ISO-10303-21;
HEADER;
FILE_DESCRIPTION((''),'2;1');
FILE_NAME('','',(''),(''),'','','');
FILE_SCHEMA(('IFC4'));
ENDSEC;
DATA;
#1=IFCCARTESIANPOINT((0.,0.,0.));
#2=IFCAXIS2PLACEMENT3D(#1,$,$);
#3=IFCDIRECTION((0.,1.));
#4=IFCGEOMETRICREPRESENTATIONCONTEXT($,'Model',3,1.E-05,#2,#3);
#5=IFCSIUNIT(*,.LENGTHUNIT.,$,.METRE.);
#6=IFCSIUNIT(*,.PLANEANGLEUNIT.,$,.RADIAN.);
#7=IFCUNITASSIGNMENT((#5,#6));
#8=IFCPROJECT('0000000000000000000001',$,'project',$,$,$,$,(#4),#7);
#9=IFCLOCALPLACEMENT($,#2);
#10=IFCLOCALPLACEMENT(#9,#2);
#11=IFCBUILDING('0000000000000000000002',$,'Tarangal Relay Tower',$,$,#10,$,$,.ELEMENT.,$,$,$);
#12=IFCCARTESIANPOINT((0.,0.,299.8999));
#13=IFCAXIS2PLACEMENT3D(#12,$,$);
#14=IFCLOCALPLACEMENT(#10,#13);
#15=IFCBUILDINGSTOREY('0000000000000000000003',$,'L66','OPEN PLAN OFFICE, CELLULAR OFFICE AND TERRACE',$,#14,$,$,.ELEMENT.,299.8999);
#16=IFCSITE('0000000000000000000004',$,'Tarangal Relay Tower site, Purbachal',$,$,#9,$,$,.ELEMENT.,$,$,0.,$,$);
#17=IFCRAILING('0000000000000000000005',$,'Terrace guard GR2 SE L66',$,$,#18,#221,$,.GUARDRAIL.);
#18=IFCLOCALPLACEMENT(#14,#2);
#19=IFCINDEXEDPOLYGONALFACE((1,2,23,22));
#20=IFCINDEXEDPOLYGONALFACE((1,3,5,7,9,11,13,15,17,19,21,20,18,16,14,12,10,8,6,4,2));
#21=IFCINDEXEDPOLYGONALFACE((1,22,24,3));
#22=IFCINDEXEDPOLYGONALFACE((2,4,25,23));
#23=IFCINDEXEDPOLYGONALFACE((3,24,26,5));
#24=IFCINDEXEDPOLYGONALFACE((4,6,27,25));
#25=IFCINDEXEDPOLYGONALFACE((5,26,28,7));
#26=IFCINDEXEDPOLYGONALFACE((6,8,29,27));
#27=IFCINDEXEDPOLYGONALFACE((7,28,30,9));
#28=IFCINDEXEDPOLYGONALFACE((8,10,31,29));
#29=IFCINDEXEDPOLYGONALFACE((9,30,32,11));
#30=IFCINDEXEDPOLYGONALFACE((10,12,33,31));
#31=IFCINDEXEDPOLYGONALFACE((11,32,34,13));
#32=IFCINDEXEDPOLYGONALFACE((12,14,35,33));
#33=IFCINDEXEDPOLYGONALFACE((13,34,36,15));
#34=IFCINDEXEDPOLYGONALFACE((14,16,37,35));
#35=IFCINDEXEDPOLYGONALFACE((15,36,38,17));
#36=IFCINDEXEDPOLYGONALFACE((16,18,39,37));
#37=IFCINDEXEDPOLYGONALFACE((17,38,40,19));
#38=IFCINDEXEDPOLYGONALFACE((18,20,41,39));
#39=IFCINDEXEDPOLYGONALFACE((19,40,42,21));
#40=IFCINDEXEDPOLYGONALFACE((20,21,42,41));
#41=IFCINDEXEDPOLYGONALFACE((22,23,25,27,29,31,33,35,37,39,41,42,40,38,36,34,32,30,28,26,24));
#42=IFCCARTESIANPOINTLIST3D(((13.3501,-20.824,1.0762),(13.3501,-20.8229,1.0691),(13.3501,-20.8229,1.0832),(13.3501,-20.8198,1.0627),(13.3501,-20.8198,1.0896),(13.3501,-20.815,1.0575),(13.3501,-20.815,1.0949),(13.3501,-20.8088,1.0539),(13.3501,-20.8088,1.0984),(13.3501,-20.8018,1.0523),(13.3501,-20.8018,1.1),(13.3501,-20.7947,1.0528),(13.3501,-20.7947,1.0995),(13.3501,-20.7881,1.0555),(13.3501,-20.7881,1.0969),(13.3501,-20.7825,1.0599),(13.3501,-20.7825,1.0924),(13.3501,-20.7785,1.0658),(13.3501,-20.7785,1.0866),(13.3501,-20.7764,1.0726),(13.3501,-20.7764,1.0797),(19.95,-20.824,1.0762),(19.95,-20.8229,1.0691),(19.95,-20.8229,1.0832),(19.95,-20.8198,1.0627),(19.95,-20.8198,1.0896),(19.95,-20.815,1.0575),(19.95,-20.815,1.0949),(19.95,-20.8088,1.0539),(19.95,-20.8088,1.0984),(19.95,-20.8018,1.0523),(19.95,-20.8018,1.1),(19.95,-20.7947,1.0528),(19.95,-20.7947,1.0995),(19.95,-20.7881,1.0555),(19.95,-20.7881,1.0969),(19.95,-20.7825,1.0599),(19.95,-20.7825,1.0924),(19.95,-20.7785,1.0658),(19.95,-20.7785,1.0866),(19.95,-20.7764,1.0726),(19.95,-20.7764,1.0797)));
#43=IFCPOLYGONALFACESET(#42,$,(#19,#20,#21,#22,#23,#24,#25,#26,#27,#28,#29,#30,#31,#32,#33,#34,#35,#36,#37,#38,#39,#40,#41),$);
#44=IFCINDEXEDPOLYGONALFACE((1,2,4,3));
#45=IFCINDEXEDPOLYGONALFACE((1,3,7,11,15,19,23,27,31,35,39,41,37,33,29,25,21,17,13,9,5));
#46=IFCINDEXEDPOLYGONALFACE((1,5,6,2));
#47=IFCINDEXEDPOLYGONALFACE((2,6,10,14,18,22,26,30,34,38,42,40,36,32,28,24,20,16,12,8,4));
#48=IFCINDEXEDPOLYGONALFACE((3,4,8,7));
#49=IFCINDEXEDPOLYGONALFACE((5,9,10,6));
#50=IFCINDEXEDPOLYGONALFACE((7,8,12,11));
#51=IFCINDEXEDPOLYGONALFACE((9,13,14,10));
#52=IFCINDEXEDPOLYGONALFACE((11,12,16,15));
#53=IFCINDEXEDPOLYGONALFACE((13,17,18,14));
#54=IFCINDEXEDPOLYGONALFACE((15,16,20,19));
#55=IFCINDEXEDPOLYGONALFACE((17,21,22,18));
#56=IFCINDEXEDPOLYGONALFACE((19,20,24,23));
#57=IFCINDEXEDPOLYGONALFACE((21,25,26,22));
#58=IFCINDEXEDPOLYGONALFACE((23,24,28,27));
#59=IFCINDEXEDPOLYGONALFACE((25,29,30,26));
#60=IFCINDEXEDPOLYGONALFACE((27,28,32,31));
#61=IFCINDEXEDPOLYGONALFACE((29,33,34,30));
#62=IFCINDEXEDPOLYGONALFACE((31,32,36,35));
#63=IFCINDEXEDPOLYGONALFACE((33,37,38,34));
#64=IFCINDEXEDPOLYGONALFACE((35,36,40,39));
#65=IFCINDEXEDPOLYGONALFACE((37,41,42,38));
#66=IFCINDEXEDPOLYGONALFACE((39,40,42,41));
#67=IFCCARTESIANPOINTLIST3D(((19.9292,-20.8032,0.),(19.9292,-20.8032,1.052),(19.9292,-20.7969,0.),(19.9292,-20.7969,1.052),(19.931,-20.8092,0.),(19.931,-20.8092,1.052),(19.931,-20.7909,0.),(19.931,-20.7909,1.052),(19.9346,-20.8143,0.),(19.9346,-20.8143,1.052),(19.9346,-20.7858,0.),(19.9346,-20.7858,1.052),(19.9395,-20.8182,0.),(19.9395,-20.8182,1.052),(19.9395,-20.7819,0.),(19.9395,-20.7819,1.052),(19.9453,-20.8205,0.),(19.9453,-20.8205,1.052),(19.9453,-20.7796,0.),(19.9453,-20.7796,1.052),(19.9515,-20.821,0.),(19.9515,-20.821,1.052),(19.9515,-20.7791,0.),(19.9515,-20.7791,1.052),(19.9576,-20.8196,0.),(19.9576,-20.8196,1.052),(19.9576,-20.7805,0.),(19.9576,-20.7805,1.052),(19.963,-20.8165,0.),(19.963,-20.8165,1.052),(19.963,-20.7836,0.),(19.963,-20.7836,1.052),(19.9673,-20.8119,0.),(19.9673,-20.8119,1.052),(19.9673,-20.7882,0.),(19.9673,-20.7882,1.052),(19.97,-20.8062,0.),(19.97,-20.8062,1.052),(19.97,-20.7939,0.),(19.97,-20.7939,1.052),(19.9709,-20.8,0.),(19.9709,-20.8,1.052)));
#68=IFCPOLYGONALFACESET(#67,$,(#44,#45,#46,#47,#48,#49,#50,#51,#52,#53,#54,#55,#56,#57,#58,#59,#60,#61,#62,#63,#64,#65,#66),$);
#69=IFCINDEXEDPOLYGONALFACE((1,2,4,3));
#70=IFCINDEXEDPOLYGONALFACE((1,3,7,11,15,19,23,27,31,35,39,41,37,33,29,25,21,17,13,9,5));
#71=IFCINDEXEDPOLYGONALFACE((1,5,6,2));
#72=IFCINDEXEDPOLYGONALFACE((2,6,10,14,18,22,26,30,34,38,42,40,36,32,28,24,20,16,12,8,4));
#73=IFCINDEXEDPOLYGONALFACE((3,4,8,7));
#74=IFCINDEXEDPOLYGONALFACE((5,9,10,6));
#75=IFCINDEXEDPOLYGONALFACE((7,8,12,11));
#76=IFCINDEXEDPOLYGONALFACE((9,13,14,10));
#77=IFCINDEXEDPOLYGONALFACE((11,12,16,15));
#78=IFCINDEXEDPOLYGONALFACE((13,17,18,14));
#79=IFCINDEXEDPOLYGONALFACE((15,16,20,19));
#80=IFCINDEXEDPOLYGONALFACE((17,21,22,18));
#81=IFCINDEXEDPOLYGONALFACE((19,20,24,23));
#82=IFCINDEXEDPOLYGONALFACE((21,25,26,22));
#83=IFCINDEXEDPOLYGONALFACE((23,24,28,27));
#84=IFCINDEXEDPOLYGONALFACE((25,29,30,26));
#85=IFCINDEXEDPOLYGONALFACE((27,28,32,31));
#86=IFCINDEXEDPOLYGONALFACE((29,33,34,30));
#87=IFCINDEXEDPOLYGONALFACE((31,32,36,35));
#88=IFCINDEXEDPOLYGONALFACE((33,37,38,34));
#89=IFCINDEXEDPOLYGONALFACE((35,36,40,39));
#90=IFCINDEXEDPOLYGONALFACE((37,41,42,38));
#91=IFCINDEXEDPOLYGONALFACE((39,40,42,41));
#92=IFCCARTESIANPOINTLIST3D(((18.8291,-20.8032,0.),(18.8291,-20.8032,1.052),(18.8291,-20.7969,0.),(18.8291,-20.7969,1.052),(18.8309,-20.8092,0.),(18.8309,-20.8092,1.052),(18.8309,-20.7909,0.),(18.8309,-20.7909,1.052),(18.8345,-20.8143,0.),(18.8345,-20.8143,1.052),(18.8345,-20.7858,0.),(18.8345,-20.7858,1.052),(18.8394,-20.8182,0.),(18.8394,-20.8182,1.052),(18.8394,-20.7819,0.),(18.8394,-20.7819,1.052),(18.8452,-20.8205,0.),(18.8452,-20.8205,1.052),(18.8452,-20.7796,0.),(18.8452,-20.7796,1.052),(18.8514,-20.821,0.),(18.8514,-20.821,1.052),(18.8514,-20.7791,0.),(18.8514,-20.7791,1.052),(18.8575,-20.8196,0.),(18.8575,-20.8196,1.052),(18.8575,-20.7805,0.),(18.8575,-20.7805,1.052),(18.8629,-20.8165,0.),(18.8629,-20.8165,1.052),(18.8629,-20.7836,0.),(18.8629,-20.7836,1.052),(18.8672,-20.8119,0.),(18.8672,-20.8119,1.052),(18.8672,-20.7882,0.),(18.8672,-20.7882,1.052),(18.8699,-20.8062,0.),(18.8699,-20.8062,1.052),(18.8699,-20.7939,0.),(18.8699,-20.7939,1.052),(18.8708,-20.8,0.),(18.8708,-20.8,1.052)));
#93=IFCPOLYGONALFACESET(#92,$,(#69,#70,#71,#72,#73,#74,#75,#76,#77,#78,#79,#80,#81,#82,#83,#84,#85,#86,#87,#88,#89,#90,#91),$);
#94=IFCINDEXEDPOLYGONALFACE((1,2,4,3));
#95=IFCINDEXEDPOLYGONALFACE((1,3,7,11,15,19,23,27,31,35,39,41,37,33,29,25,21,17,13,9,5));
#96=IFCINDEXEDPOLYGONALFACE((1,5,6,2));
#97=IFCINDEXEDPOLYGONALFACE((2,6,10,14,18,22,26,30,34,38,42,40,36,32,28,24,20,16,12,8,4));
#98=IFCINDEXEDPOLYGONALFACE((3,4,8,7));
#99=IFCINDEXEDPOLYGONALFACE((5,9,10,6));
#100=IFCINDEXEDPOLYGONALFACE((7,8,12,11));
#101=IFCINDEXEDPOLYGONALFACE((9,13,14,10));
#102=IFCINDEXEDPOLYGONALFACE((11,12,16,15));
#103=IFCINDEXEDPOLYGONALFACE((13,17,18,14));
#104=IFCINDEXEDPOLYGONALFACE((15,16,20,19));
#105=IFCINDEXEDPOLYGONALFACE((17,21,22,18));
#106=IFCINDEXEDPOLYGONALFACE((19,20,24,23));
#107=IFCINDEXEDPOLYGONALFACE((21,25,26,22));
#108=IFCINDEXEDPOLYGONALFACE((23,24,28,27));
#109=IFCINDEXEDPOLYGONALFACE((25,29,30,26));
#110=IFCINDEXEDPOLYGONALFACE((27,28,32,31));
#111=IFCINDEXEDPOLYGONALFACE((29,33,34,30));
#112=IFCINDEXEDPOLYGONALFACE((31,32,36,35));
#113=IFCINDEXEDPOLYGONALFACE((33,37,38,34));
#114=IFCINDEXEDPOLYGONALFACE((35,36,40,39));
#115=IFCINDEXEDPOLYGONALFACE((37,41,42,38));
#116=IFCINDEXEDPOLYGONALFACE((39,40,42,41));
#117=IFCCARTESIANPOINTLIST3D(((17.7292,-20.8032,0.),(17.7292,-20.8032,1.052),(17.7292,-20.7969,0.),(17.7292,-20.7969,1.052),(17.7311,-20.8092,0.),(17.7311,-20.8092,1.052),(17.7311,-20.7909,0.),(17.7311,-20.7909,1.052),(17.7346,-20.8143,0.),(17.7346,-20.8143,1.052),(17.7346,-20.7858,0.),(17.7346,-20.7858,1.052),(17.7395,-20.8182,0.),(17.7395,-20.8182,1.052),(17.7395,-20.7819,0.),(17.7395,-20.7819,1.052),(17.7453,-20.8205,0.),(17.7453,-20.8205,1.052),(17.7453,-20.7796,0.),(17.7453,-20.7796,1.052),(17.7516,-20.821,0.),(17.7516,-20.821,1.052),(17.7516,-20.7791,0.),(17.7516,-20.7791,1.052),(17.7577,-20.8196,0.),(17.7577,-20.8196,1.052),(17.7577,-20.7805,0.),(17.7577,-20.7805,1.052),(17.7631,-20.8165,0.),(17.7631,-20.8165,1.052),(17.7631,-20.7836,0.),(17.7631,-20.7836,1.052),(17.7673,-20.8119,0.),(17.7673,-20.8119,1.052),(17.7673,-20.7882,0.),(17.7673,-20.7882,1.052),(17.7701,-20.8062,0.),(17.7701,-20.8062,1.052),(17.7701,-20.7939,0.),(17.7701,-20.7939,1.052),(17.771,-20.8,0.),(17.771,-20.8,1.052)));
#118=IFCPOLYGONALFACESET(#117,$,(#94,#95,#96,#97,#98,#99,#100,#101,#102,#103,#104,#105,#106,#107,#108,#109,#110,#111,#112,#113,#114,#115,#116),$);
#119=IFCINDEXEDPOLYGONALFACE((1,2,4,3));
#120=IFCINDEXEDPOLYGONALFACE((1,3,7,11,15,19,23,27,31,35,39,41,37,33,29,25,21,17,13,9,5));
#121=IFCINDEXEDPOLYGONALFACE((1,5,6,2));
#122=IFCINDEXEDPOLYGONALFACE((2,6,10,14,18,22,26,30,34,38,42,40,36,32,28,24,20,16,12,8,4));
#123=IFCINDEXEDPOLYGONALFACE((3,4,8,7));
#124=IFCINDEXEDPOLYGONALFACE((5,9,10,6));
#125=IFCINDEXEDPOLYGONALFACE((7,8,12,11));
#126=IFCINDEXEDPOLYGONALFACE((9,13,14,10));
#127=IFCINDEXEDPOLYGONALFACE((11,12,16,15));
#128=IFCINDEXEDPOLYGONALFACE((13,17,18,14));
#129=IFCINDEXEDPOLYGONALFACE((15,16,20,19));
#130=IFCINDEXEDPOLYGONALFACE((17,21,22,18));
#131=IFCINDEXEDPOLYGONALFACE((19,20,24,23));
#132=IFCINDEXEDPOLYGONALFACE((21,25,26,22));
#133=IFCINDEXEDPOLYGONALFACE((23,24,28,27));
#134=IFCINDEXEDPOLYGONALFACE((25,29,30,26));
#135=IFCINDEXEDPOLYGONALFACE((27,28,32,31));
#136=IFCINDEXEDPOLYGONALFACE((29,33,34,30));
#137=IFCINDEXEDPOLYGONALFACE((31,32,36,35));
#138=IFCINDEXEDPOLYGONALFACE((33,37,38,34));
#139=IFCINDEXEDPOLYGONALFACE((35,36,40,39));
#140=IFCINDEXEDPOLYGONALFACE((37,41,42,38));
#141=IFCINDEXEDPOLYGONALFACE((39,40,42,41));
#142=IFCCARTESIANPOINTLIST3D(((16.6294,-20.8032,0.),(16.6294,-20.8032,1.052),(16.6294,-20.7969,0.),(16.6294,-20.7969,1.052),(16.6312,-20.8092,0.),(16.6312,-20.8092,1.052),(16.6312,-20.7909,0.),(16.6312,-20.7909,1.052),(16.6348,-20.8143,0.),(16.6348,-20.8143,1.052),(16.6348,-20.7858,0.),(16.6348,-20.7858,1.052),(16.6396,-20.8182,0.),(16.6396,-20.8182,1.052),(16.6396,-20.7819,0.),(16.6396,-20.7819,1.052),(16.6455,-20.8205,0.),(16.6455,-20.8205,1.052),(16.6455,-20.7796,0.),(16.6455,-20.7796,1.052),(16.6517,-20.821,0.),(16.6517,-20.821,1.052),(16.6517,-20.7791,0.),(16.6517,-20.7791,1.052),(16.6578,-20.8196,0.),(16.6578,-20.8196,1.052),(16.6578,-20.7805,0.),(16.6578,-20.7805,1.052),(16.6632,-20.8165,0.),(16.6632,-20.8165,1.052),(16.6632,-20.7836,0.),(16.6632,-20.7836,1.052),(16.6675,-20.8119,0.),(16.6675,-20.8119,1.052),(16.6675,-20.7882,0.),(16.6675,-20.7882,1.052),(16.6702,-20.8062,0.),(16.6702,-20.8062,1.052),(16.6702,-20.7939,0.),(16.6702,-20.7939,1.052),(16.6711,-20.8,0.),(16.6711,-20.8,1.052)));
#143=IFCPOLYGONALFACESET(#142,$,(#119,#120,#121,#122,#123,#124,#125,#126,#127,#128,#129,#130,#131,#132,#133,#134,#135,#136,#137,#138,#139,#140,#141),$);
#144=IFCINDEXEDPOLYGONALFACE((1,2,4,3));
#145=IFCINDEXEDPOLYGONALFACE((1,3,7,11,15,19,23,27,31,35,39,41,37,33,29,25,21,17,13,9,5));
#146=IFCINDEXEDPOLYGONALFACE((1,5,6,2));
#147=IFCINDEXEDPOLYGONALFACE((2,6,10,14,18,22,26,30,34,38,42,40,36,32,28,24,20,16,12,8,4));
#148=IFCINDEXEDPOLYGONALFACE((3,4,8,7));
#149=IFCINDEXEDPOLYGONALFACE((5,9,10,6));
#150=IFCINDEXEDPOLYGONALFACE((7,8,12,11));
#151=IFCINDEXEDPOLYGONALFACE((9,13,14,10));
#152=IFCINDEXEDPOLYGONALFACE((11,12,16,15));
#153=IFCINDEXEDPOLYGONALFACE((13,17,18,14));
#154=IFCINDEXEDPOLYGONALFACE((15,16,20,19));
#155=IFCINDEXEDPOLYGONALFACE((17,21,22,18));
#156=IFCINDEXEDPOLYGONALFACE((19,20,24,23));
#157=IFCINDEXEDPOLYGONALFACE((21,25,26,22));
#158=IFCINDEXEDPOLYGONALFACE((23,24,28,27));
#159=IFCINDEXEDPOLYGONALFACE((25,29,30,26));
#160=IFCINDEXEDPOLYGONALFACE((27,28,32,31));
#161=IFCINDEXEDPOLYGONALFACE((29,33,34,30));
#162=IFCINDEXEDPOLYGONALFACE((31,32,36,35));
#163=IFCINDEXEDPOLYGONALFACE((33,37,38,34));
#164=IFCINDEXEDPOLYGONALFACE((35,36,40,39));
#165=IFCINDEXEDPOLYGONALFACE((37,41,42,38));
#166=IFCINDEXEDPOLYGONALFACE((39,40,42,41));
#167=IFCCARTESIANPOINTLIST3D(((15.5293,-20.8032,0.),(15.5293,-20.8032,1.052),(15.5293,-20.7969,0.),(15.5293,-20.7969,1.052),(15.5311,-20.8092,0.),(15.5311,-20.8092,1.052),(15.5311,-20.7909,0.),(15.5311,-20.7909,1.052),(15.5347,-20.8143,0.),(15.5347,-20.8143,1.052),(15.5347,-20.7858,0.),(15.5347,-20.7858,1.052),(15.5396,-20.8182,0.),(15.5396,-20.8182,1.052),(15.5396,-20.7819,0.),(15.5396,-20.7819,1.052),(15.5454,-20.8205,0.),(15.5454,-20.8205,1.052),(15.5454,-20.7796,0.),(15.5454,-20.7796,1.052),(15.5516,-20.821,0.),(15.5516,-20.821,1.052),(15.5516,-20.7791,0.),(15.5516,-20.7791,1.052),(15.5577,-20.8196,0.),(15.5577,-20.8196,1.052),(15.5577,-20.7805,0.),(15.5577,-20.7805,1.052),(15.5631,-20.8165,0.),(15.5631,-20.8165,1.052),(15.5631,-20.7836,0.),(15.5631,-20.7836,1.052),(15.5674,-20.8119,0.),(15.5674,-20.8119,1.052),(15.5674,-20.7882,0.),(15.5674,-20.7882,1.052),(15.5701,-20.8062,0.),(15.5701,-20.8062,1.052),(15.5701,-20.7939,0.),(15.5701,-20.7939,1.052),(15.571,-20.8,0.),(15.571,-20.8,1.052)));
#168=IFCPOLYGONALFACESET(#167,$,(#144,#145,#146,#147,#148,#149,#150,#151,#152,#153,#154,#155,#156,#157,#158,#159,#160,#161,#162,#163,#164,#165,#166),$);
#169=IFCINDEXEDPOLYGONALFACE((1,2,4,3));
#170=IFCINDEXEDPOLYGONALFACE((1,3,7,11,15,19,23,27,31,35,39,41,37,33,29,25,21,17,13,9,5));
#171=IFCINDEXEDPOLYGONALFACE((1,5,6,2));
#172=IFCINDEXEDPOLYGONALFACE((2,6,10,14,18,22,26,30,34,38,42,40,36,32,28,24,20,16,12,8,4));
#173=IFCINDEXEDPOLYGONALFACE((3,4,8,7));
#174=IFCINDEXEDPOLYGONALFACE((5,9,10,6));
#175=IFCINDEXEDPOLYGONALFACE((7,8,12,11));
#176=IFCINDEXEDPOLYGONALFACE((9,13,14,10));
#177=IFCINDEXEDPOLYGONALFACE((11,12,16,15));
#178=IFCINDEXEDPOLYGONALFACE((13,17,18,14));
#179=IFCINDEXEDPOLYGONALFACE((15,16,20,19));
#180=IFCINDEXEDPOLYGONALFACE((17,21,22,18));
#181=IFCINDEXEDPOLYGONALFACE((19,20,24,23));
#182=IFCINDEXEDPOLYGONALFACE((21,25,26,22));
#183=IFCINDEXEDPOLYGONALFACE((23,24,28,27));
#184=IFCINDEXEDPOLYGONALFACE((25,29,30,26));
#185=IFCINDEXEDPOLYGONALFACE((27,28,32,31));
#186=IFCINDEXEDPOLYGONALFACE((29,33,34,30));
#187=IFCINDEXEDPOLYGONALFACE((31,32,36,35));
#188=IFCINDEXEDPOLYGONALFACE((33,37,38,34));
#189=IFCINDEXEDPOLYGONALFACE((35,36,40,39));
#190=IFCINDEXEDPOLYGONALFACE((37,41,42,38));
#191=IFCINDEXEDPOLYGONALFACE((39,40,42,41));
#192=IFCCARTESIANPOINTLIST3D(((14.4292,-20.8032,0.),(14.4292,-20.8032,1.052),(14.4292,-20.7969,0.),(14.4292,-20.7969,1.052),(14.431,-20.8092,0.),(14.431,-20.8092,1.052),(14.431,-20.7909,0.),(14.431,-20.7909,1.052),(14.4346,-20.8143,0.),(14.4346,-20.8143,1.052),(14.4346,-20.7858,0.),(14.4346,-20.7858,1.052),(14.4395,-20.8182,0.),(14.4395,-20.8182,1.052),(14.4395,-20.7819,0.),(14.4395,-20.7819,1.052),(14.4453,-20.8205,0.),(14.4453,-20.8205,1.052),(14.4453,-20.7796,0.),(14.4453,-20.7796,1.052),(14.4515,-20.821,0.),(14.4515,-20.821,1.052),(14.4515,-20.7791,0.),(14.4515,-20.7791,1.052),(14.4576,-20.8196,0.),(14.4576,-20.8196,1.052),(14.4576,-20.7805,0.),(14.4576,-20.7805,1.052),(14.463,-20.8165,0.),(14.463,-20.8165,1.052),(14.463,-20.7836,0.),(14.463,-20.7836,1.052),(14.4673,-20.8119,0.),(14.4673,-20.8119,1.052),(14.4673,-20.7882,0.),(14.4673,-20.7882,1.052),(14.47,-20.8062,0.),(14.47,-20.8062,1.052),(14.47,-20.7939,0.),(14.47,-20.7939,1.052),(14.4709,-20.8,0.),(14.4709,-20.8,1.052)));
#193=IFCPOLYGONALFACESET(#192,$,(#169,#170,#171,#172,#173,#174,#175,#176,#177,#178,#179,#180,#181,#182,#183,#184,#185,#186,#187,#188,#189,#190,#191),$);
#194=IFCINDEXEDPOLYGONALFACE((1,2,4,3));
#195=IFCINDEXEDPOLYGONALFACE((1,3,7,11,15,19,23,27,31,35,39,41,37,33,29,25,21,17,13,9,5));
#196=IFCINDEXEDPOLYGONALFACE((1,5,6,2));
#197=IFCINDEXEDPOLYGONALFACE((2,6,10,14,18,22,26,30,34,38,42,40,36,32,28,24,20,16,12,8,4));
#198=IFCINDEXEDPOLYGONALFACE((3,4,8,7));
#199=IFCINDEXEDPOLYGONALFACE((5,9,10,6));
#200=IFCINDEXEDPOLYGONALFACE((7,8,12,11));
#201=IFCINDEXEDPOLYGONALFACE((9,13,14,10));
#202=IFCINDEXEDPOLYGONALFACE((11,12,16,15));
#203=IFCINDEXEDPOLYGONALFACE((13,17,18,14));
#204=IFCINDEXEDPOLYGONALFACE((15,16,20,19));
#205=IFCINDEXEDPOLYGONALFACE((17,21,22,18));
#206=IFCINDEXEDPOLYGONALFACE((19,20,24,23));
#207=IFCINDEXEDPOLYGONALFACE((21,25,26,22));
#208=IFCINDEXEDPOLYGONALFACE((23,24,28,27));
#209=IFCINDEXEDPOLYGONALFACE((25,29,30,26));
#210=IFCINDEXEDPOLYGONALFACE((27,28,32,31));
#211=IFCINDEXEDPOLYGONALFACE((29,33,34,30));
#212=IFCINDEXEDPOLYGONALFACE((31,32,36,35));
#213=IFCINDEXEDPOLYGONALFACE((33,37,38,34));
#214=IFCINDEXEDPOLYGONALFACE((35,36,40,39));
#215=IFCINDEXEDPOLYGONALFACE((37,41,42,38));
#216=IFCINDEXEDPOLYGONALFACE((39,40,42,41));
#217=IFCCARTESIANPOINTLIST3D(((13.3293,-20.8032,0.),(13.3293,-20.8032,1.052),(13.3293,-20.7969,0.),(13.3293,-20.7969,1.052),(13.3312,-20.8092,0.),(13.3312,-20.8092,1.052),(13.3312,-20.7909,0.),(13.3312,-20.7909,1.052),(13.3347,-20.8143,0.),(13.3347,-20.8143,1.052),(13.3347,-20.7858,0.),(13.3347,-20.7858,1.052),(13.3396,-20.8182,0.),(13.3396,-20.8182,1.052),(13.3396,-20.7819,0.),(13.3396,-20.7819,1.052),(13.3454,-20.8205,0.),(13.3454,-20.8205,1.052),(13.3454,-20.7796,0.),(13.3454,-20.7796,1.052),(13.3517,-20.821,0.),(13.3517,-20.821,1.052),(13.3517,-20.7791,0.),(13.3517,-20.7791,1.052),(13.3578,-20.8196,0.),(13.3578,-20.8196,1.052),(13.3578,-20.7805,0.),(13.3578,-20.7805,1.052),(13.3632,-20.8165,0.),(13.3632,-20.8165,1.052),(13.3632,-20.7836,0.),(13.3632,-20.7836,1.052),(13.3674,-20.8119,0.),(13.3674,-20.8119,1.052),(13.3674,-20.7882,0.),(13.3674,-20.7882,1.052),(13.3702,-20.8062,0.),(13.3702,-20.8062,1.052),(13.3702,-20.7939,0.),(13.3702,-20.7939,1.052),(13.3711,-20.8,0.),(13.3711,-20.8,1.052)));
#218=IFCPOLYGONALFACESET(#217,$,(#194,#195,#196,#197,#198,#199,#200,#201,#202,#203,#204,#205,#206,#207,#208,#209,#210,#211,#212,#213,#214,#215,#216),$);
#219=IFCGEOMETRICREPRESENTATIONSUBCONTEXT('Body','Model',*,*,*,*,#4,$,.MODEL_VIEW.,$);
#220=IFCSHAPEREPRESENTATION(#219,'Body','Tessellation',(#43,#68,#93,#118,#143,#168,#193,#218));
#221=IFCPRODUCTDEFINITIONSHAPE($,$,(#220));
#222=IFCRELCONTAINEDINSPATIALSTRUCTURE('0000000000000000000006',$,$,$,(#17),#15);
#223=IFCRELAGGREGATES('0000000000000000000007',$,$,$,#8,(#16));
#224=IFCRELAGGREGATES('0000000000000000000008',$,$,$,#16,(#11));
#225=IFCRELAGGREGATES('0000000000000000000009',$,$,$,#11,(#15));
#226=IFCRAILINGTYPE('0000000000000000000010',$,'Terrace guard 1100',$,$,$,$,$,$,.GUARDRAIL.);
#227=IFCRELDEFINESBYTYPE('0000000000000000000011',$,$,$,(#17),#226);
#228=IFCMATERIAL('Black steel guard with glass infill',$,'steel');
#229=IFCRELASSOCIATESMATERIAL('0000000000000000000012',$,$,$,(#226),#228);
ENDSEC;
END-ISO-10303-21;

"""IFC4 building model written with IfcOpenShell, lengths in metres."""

from ifc_helpers import new_model, si_unit, direction, frame, origin, origin_2d, place, context, subcontext, project, spatial, circle, extrude, material, type_object, element, save


model = new_model("IFC4")

# Units and contexts
model_context = context("Model", 3, precision=1e-05, world=origin(), true_north=direction((0.0, 1.0)))
body_context = subcontext(model_context, "Body", "Model", "MODEL_VIEW")
ifc_project = project(units=[si_unit("LENGTHUNIT", "METRE"), si_unit("PLANEANGLEUNIT", "RADIAN")], contexts=[model_context])

# Site, building, storey
site_placement = place(None, origin())
site = spatial("IfcSite", under=ifc_project, at=site_placement, Name="Tarangal Relay Tower site, Purbachal", CompositionType="ELEMENT", RefElevation=0.0)
building_placement = place(site_placement, origin())
building = spatial("IfcBuilding", under=site, at=building_placement, Name="Tarangal Relay Tower", CompositionType="ELEMENT")
storey_placement = place(building_placement, frame((0.0, 0.0, 299.8999)))
storey = spatial("IfcBuildingStorey", under=building, at=storey_placement, Name="L66", Description="OPEN PLAN OFFICE, CELLULAR OFFICE AND TERRACE", CompositionType="ELEMENT", Elevation=299.8999)

# Railing
ifc_material_1 = material(Name="Black steel guard with glass infill", Category="steel")
railing_type = type_object("IfcRailingType", Name="Terrace guard 1100", PredefinedType="GUARDRAIL", material=ifc_material_1)
railing_1_placement = place(storey_placement, frame((19.95, -20.8, 0.0)))
element("IfcRailing", 1, at=railing_1_placement, inside=storey, type_object=railing_type, Name="Terrace guard GR2 SE L66", PredefinedType="GUARDRAIL", context=body_context, shape_type="SweptSolid", body=[
    extrude(circle(Radius=0.0239, at=origin_2d()), frame((0.0, 0.0, 1.0762), z_axis=(-1.0, 0.0, 0.0), x_axis=(0.0, -1.0, 0.0)), (0.0, 0.0, 1.0), 6.5999),
    extrude(circle(Radius=0.021, at=origin_2d()), origin(), (0.0, 0.0, 1.0), 1.052),
    extrude(circle(Radius=0.021, at=origin_2d()), frame((-1.1001, 0.0, 0.0)), (0.0, 0.0, 1.0), 1.052),
    extrude(circle(Radius=0.021, at=origin_2d()), frame((-2.2, 0.0, 0.0)), (0.0, 0.0, 1.0), 1.052),
    extrude(circle(Radius=0.021, at=origin_2d()), frame((-3.2998, 0.0, 0.0)), (0.0, 0.0, 1.0), 1.052),
    extrude(circle(Radius=0.021, at=origin_2d()), frame((-4.3999, 0.0, 0.0)), (0.0, 0.0, 1.0), 1.052),
    extrude(circle(Radius=0.021, at=origin_2d()), frame((-5.5, 0.0, 0.0)), (0.0, 0.0, 1.0), 1.052),
    extrude(circle(Radius=0.021, at=origin_2d()), frame((-6.5999, 0.0, 0.0)), (0.0, 0.0, 1.0), 1.052),
])

save(model, "model.ifc")
